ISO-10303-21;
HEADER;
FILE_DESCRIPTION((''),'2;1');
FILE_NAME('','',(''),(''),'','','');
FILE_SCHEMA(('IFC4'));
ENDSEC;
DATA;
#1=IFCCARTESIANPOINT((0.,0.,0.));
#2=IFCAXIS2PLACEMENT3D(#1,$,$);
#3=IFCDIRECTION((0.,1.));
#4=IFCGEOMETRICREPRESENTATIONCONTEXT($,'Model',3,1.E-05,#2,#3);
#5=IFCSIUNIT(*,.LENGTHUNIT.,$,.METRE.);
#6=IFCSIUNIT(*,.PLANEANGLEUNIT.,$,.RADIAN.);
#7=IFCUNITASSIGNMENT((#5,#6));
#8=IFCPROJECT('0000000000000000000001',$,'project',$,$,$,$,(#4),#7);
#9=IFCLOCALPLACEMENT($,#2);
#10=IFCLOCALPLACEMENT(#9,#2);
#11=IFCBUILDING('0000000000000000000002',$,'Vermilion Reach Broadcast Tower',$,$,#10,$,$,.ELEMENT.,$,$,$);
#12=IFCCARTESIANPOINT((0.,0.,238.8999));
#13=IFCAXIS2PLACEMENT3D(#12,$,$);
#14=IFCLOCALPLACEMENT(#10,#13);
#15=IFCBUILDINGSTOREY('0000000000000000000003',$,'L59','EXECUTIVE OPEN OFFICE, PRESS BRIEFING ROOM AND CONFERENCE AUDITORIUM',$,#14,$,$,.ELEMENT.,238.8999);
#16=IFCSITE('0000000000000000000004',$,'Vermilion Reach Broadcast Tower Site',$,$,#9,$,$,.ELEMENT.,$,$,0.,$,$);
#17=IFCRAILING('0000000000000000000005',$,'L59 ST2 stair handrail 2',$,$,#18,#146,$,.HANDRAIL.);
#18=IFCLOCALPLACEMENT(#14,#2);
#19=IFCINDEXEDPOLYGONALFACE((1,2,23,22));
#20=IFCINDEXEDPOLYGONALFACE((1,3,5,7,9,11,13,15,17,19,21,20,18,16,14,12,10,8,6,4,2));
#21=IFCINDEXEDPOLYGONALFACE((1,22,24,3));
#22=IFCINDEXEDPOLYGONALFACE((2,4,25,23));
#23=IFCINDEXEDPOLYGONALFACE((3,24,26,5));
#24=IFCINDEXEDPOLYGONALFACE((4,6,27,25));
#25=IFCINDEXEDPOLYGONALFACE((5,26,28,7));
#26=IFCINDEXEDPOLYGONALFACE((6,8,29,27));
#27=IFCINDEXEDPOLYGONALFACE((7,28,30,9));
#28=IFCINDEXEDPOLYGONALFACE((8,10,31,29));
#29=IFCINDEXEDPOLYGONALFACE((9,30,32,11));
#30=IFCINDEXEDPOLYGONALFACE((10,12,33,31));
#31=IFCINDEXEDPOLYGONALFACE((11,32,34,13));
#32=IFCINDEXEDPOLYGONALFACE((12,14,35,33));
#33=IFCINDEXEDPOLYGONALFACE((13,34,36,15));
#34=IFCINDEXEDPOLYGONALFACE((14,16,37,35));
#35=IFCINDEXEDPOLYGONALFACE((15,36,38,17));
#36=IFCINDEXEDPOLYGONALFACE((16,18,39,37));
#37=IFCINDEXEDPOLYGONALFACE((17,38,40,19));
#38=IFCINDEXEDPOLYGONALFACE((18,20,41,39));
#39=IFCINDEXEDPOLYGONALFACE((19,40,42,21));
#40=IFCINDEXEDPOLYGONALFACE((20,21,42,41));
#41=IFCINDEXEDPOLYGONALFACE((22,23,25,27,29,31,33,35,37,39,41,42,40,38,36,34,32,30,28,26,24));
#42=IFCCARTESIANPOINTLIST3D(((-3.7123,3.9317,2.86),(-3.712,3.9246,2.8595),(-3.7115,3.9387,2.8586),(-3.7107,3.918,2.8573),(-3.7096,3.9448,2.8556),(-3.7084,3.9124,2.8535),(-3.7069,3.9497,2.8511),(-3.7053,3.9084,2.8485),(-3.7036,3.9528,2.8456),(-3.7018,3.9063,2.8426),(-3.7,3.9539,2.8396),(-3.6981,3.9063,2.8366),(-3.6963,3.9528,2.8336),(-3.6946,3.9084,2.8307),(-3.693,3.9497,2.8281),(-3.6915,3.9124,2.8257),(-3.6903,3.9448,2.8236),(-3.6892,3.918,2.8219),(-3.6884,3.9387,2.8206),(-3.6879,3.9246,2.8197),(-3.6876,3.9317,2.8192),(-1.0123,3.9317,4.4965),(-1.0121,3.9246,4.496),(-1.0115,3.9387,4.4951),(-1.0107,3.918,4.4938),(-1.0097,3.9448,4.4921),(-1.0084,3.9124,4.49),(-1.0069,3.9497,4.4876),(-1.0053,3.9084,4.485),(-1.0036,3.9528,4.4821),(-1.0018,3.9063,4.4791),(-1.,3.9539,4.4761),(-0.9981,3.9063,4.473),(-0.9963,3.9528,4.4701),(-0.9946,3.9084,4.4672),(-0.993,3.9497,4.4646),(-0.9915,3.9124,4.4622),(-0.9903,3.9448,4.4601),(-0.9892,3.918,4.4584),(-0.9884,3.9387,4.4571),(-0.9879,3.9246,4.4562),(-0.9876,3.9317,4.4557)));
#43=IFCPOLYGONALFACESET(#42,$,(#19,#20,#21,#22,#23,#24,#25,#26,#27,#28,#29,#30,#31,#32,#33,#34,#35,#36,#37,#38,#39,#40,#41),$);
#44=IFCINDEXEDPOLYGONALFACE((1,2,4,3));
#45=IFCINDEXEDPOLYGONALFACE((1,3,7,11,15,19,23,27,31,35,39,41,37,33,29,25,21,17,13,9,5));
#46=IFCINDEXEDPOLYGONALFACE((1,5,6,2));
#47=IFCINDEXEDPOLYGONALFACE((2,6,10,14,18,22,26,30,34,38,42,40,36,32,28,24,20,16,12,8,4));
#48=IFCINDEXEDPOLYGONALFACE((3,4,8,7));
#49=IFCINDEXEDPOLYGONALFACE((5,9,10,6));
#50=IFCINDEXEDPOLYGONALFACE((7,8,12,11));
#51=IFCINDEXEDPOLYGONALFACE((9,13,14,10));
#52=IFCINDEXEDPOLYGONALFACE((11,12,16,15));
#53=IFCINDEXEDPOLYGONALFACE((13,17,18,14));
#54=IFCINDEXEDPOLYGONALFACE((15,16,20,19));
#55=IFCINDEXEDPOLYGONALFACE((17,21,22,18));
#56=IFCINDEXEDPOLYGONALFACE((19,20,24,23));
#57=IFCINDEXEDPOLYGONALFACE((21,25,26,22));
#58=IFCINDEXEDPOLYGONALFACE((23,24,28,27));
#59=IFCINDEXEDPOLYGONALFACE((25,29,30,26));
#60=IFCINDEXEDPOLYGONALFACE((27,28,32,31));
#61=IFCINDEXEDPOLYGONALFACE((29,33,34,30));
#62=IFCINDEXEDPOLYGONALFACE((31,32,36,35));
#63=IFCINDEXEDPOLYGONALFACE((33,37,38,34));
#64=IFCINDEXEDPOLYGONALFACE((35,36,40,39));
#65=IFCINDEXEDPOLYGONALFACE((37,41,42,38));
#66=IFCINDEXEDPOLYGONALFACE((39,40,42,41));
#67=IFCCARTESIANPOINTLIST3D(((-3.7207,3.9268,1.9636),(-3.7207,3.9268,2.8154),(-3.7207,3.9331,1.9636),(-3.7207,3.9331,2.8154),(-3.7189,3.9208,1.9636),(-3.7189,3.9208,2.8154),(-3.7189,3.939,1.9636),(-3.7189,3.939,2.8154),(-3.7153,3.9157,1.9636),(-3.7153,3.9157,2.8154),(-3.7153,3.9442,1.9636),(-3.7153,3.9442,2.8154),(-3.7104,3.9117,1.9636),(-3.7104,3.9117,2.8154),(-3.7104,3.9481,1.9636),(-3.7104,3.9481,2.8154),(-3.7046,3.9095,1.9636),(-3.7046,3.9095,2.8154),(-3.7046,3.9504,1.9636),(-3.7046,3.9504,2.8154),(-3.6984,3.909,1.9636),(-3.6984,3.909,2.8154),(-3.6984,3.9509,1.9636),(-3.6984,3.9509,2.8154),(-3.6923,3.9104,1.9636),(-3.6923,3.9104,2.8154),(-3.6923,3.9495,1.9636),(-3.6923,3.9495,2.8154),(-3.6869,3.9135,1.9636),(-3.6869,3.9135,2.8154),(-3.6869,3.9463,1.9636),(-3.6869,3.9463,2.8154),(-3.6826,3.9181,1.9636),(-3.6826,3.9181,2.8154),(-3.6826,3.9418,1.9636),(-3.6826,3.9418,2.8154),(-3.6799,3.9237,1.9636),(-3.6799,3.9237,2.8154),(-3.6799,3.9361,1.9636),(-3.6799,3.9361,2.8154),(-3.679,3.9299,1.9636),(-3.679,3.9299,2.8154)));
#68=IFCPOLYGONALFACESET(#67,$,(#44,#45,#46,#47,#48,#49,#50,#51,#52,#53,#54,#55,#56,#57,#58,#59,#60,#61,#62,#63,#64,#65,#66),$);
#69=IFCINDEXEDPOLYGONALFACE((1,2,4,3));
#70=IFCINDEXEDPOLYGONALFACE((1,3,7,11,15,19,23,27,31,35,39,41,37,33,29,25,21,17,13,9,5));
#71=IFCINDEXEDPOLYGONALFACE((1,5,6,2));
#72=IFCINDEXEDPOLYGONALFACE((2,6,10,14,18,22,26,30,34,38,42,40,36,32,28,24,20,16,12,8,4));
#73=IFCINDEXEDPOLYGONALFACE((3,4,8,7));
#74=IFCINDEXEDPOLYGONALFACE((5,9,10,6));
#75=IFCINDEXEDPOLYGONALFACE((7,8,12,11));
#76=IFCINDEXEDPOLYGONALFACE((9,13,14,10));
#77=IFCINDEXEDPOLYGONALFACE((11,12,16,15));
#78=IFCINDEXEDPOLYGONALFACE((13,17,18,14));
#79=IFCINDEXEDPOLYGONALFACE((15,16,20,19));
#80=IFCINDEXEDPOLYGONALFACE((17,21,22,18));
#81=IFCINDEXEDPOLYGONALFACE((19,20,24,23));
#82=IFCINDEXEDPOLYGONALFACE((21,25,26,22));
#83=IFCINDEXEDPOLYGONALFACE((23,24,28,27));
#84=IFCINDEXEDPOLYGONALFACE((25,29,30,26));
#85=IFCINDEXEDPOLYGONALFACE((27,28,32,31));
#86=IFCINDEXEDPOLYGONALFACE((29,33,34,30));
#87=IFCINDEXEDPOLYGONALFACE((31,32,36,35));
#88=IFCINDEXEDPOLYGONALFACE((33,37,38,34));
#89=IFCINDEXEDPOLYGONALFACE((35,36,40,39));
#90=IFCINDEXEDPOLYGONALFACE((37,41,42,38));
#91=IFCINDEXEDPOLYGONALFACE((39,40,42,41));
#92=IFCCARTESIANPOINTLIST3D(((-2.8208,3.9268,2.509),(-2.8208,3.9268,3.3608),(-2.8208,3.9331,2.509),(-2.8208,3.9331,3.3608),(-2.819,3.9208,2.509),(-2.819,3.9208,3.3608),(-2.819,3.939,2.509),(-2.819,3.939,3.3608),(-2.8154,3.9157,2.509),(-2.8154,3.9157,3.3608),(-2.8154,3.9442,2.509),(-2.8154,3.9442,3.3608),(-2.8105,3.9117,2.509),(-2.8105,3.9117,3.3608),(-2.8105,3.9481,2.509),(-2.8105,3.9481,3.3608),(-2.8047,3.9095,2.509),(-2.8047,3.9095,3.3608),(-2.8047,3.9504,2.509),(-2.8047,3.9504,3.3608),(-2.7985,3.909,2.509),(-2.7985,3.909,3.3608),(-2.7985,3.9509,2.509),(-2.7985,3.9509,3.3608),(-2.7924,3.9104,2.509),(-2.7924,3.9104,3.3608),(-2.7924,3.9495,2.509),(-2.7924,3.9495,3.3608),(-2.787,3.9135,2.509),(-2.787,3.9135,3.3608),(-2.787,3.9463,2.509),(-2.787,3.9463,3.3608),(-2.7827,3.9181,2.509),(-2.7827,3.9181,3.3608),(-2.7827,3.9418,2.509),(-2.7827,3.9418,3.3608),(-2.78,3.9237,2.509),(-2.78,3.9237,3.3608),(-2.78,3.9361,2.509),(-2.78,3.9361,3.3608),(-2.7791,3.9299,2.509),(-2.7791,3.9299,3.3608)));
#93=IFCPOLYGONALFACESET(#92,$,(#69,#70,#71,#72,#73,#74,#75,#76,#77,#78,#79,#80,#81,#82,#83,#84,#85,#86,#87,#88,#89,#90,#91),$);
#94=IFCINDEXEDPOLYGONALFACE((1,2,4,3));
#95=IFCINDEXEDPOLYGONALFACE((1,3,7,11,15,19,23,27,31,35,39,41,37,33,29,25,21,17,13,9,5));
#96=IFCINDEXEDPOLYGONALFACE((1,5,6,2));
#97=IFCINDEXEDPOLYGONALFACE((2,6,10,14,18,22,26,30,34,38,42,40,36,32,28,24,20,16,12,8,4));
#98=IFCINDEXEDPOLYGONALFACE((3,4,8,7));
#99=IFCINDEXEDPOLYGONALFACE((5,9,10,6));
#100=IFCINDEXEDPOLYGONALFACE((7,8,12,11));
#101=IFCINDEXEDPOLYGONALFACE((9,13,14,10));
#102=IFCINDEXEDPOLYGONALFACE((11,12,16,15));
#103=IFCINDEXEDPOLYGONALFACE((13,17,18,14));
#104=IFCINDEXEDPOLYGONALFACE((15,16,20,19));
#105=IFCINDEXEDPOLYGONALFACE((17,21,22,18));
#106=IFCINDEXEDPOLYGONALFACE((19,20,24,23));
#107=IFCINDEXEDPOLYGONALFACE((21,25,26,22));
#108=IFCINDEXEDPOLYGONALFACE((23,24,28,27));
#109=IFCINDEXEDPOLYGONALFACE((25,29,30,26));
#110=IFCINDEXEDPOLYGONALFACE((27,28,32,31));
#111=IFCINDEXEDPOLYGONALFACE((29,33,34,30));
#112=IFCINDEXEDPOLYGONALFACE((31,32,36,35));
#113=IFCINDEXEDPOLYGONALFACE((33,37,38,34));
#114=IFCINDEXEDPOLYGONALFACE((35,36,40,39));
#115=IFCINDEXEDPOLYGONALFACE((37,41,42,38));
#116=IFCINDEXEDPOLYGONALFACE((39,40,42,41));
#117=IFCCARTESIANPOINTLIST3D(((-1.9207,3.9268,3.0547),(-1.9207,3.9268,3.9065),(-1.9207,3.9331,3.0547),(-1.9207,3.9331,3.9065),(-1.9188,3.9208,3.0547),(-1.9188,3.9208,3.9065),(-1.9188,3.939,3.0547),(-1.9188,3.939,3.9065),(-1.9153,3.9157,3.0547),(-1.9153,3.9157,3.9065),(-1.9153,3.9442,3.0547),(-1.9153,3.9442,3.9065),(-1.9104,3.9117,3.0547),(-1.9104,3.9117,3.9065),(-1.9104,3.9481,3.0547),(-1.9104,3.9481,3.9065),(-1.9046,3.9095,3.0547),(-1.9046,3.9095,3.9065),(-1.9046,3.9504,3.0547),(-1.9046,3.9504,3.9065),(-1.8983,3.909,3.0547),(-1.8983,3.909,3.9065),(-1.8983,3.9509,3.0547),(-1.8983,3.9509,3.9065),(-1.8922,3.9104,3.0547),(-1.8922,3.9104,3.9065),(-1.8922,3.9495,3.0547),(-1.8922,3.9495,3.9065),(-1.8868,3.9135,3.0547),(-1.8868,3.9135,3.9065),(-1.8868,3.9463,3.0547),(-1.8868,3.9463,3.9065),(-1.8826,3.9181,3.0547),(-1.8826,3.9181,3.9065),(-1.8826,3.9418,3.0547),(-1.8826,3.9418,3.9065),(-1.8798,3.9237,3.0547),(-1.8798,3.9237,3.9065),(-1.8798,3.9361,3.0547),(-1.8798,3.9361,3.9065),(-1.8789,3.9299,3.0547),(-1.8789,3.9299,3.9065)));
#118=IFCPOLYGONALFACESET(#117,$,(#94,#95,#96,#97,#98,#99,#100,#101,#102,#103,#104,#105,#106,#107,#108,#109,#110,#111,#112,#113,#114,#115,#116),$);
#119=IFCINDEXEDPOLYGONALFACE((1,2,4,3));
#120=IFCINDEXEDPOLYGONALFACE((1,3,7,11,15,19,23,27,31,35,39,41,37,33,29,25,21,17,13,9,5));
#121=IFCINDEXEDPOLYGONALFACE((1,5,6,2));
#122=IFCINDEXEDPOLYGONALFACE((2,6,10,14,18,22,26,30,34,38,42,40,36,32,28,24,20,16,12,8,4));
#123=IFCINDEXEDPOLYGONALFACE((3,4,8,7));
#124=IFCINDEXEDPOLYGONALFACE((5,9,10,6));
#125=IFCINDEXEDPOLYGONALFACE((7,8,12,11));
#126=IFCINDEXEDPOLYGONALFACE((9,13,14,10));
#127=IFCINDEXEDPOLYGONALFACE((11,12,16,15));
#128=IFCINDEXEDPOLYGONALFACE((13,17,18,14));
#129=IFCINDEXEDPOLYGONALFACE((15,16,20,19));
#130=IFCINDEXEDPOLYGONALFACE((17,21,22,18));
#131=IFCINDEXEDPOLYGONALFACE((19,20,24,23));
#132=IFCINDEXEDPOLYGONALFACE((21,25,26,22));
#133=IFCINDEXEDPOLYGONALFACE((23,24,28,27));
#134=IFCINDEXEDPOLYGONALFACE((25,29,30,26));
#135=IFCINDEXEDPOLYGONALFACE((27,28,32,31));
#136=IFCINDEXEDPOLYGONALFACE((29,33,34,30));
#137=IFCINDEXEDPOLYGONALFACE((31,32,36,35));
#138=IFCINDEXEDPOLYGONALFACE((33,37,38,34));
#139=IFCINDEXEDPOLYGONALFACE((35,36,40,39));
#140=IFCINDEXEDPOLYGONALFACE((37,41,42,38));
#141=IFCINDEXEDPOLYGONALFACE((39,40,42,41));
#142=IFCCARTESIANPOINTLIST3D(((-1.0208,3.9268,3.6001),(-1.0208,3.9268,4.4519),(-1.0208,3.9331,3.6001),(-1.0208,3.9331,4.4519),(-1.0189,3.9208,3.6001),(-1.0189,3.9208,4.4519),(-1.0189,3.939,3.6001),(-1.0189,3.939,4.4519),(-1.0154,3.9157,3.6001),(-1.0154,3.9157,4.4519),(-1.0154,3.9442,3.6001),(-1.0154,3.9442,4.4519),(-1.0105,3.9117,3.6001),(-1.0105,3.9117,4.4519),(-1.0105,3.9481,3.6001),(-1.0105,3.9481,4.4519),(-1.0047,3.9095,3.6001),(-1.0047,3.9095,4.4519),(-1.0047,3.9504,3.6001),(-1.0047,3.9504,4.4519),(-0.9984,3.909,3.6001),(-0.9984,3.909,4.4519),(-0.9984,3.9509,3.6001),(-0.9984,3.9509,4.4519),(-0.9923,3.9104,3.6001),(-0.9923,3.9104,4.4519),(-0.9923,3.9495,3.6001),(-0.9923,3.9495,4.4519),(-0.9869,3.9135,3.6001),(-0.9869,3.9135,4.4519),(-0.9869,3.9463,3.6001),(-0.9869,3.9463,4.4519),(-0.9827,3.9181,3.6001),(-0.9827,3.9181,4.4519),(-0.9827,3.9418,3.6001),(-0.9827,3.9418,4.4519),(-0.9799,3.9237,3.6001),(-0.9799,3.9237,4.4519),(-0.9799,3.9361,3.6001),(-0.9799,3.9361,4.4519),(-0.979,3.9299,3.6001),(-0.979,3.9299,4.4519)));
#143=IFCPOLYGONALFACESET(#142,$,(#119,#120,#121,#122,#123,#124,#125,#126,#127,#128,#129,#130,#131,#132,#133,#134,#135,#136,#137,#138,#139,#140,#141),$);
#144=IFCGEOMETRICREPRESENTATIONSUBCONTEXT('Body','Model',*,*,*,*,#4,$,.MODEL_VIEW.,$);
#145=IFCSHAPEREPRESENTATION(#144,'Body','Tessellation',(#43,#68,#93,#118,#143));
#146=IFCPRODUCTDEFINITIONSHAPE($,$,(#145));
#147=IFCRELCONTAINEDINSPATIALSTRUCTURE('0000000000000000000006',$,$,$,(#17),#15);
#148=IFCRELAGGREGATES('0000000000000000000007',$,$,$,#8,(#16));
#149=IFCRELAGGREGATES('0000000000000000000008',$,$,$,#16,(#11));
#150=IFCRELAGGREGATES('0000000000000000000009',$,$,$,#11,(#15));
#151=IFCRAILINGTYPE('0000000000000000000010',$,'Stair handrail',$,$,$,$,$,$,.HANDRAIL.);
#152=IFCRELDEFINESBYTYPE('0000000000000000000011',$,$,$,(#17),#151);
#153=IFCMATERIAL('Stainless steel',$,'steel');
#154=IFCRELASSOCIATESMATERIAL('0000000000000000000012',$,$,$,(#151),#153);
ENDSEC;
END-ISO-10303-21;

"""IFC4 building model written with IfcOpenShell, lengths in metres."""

from ifc_helpers import new_model, si_unit, direction, frame, origin, origin_2d, place, context, subcontext, project, spatial, circle, extrude, material, type_object, element, save


model = new_model("IFC4")

# Units and contexts
model_context = context("Model", 3, precision=1e-05, world=origin(), true_north=direction((0.0, 1.0)))
body_context = subcontext(model_context, "Body", "Model", "MODEL_VIEW")
ifc_project = project(units=[si_unit("LENGTHUNIT", "METRE"), si_unit("PLANEANGLEUNIT", "RADIAN")], contexts=[model_context])

# Site, building, storey
site_placement = place(None, origin())
site = spatial("IfcSite", under=ifc_project, at=site_placement, Name="Vermilion Reach Broadcast Tower Site", CompositionType="ELEMENT", RefElevation=0.0)
building_placement = place(site_placement, origin())
building = spatial("IfcBuilding", under=site, at=building_placement, Name="Vermilion Reach Broadcast Tower", CompositionType="ELEMENT")
storey_placement = place(building_placement, frame((0.0, 0.0, 238.8999)))
storey = spatial("IfcBuildingStorey", under=building, at=storey_placement, Name="L59", Description="EXECUTIVE OPEN OFFICE, PRESS BRIEFING ROOM AND CONFERENCE AUDITORIUM", CompositionType="ELEMENT", Elevation=238.8999)

# Railing
ifc_material_1 = material(Name="Stainless steel", Category="steel")
railing_type_1 = type_object("IfcRailingType", Name="Stair handrail", PredefinedType="HANDRAIL", material=ifc_material_1)
railing_1_placement = place(storey_placement, frame((-3.7, 3.9299, 1.9636)))
element("IfcRailing", 1, at=railing_1_placement, inside=storey, type_object=railing_type_1, Name="L59 ST2 stair handrail 2", PredefinedType="HANDRAIL", context=body_context, shape_type="SweptSolid", body=[
    extrude(circle(Radius=0.0239, at=origin_2d()), frame((0.0, 0.0, 0.876), z_axis=(0.855178, 0.0, 0.518334), x_axis=(0.0, 1.0, 0.0)), (0.0, 0.0, 1.0), 3.1572),
    extrude(circle(Radius=0.021, at=origin_2d()), origin(), (0.0, 0.0, 1.0), 0.8518),
    extrude(circle(Radius=0.021, at=origin_2d()), frame((0.8999, 0.0, 0.5454)), (0.0, 0.0, 1.0), 0.8518),
    extrude(circle(Radius=0.021, at=origin_2d()), frame((1.8, 0.0, 1.0911)), (0.0, 0.0, 1.0), 0.8518),
    extrude(circle(Radius=0.021, at=origin_2d()), frame((2.7, 0.0, 1.6365)), (0.0, 0.0, 1.0), 0.8518),
])

save(model, "model.ifc")
